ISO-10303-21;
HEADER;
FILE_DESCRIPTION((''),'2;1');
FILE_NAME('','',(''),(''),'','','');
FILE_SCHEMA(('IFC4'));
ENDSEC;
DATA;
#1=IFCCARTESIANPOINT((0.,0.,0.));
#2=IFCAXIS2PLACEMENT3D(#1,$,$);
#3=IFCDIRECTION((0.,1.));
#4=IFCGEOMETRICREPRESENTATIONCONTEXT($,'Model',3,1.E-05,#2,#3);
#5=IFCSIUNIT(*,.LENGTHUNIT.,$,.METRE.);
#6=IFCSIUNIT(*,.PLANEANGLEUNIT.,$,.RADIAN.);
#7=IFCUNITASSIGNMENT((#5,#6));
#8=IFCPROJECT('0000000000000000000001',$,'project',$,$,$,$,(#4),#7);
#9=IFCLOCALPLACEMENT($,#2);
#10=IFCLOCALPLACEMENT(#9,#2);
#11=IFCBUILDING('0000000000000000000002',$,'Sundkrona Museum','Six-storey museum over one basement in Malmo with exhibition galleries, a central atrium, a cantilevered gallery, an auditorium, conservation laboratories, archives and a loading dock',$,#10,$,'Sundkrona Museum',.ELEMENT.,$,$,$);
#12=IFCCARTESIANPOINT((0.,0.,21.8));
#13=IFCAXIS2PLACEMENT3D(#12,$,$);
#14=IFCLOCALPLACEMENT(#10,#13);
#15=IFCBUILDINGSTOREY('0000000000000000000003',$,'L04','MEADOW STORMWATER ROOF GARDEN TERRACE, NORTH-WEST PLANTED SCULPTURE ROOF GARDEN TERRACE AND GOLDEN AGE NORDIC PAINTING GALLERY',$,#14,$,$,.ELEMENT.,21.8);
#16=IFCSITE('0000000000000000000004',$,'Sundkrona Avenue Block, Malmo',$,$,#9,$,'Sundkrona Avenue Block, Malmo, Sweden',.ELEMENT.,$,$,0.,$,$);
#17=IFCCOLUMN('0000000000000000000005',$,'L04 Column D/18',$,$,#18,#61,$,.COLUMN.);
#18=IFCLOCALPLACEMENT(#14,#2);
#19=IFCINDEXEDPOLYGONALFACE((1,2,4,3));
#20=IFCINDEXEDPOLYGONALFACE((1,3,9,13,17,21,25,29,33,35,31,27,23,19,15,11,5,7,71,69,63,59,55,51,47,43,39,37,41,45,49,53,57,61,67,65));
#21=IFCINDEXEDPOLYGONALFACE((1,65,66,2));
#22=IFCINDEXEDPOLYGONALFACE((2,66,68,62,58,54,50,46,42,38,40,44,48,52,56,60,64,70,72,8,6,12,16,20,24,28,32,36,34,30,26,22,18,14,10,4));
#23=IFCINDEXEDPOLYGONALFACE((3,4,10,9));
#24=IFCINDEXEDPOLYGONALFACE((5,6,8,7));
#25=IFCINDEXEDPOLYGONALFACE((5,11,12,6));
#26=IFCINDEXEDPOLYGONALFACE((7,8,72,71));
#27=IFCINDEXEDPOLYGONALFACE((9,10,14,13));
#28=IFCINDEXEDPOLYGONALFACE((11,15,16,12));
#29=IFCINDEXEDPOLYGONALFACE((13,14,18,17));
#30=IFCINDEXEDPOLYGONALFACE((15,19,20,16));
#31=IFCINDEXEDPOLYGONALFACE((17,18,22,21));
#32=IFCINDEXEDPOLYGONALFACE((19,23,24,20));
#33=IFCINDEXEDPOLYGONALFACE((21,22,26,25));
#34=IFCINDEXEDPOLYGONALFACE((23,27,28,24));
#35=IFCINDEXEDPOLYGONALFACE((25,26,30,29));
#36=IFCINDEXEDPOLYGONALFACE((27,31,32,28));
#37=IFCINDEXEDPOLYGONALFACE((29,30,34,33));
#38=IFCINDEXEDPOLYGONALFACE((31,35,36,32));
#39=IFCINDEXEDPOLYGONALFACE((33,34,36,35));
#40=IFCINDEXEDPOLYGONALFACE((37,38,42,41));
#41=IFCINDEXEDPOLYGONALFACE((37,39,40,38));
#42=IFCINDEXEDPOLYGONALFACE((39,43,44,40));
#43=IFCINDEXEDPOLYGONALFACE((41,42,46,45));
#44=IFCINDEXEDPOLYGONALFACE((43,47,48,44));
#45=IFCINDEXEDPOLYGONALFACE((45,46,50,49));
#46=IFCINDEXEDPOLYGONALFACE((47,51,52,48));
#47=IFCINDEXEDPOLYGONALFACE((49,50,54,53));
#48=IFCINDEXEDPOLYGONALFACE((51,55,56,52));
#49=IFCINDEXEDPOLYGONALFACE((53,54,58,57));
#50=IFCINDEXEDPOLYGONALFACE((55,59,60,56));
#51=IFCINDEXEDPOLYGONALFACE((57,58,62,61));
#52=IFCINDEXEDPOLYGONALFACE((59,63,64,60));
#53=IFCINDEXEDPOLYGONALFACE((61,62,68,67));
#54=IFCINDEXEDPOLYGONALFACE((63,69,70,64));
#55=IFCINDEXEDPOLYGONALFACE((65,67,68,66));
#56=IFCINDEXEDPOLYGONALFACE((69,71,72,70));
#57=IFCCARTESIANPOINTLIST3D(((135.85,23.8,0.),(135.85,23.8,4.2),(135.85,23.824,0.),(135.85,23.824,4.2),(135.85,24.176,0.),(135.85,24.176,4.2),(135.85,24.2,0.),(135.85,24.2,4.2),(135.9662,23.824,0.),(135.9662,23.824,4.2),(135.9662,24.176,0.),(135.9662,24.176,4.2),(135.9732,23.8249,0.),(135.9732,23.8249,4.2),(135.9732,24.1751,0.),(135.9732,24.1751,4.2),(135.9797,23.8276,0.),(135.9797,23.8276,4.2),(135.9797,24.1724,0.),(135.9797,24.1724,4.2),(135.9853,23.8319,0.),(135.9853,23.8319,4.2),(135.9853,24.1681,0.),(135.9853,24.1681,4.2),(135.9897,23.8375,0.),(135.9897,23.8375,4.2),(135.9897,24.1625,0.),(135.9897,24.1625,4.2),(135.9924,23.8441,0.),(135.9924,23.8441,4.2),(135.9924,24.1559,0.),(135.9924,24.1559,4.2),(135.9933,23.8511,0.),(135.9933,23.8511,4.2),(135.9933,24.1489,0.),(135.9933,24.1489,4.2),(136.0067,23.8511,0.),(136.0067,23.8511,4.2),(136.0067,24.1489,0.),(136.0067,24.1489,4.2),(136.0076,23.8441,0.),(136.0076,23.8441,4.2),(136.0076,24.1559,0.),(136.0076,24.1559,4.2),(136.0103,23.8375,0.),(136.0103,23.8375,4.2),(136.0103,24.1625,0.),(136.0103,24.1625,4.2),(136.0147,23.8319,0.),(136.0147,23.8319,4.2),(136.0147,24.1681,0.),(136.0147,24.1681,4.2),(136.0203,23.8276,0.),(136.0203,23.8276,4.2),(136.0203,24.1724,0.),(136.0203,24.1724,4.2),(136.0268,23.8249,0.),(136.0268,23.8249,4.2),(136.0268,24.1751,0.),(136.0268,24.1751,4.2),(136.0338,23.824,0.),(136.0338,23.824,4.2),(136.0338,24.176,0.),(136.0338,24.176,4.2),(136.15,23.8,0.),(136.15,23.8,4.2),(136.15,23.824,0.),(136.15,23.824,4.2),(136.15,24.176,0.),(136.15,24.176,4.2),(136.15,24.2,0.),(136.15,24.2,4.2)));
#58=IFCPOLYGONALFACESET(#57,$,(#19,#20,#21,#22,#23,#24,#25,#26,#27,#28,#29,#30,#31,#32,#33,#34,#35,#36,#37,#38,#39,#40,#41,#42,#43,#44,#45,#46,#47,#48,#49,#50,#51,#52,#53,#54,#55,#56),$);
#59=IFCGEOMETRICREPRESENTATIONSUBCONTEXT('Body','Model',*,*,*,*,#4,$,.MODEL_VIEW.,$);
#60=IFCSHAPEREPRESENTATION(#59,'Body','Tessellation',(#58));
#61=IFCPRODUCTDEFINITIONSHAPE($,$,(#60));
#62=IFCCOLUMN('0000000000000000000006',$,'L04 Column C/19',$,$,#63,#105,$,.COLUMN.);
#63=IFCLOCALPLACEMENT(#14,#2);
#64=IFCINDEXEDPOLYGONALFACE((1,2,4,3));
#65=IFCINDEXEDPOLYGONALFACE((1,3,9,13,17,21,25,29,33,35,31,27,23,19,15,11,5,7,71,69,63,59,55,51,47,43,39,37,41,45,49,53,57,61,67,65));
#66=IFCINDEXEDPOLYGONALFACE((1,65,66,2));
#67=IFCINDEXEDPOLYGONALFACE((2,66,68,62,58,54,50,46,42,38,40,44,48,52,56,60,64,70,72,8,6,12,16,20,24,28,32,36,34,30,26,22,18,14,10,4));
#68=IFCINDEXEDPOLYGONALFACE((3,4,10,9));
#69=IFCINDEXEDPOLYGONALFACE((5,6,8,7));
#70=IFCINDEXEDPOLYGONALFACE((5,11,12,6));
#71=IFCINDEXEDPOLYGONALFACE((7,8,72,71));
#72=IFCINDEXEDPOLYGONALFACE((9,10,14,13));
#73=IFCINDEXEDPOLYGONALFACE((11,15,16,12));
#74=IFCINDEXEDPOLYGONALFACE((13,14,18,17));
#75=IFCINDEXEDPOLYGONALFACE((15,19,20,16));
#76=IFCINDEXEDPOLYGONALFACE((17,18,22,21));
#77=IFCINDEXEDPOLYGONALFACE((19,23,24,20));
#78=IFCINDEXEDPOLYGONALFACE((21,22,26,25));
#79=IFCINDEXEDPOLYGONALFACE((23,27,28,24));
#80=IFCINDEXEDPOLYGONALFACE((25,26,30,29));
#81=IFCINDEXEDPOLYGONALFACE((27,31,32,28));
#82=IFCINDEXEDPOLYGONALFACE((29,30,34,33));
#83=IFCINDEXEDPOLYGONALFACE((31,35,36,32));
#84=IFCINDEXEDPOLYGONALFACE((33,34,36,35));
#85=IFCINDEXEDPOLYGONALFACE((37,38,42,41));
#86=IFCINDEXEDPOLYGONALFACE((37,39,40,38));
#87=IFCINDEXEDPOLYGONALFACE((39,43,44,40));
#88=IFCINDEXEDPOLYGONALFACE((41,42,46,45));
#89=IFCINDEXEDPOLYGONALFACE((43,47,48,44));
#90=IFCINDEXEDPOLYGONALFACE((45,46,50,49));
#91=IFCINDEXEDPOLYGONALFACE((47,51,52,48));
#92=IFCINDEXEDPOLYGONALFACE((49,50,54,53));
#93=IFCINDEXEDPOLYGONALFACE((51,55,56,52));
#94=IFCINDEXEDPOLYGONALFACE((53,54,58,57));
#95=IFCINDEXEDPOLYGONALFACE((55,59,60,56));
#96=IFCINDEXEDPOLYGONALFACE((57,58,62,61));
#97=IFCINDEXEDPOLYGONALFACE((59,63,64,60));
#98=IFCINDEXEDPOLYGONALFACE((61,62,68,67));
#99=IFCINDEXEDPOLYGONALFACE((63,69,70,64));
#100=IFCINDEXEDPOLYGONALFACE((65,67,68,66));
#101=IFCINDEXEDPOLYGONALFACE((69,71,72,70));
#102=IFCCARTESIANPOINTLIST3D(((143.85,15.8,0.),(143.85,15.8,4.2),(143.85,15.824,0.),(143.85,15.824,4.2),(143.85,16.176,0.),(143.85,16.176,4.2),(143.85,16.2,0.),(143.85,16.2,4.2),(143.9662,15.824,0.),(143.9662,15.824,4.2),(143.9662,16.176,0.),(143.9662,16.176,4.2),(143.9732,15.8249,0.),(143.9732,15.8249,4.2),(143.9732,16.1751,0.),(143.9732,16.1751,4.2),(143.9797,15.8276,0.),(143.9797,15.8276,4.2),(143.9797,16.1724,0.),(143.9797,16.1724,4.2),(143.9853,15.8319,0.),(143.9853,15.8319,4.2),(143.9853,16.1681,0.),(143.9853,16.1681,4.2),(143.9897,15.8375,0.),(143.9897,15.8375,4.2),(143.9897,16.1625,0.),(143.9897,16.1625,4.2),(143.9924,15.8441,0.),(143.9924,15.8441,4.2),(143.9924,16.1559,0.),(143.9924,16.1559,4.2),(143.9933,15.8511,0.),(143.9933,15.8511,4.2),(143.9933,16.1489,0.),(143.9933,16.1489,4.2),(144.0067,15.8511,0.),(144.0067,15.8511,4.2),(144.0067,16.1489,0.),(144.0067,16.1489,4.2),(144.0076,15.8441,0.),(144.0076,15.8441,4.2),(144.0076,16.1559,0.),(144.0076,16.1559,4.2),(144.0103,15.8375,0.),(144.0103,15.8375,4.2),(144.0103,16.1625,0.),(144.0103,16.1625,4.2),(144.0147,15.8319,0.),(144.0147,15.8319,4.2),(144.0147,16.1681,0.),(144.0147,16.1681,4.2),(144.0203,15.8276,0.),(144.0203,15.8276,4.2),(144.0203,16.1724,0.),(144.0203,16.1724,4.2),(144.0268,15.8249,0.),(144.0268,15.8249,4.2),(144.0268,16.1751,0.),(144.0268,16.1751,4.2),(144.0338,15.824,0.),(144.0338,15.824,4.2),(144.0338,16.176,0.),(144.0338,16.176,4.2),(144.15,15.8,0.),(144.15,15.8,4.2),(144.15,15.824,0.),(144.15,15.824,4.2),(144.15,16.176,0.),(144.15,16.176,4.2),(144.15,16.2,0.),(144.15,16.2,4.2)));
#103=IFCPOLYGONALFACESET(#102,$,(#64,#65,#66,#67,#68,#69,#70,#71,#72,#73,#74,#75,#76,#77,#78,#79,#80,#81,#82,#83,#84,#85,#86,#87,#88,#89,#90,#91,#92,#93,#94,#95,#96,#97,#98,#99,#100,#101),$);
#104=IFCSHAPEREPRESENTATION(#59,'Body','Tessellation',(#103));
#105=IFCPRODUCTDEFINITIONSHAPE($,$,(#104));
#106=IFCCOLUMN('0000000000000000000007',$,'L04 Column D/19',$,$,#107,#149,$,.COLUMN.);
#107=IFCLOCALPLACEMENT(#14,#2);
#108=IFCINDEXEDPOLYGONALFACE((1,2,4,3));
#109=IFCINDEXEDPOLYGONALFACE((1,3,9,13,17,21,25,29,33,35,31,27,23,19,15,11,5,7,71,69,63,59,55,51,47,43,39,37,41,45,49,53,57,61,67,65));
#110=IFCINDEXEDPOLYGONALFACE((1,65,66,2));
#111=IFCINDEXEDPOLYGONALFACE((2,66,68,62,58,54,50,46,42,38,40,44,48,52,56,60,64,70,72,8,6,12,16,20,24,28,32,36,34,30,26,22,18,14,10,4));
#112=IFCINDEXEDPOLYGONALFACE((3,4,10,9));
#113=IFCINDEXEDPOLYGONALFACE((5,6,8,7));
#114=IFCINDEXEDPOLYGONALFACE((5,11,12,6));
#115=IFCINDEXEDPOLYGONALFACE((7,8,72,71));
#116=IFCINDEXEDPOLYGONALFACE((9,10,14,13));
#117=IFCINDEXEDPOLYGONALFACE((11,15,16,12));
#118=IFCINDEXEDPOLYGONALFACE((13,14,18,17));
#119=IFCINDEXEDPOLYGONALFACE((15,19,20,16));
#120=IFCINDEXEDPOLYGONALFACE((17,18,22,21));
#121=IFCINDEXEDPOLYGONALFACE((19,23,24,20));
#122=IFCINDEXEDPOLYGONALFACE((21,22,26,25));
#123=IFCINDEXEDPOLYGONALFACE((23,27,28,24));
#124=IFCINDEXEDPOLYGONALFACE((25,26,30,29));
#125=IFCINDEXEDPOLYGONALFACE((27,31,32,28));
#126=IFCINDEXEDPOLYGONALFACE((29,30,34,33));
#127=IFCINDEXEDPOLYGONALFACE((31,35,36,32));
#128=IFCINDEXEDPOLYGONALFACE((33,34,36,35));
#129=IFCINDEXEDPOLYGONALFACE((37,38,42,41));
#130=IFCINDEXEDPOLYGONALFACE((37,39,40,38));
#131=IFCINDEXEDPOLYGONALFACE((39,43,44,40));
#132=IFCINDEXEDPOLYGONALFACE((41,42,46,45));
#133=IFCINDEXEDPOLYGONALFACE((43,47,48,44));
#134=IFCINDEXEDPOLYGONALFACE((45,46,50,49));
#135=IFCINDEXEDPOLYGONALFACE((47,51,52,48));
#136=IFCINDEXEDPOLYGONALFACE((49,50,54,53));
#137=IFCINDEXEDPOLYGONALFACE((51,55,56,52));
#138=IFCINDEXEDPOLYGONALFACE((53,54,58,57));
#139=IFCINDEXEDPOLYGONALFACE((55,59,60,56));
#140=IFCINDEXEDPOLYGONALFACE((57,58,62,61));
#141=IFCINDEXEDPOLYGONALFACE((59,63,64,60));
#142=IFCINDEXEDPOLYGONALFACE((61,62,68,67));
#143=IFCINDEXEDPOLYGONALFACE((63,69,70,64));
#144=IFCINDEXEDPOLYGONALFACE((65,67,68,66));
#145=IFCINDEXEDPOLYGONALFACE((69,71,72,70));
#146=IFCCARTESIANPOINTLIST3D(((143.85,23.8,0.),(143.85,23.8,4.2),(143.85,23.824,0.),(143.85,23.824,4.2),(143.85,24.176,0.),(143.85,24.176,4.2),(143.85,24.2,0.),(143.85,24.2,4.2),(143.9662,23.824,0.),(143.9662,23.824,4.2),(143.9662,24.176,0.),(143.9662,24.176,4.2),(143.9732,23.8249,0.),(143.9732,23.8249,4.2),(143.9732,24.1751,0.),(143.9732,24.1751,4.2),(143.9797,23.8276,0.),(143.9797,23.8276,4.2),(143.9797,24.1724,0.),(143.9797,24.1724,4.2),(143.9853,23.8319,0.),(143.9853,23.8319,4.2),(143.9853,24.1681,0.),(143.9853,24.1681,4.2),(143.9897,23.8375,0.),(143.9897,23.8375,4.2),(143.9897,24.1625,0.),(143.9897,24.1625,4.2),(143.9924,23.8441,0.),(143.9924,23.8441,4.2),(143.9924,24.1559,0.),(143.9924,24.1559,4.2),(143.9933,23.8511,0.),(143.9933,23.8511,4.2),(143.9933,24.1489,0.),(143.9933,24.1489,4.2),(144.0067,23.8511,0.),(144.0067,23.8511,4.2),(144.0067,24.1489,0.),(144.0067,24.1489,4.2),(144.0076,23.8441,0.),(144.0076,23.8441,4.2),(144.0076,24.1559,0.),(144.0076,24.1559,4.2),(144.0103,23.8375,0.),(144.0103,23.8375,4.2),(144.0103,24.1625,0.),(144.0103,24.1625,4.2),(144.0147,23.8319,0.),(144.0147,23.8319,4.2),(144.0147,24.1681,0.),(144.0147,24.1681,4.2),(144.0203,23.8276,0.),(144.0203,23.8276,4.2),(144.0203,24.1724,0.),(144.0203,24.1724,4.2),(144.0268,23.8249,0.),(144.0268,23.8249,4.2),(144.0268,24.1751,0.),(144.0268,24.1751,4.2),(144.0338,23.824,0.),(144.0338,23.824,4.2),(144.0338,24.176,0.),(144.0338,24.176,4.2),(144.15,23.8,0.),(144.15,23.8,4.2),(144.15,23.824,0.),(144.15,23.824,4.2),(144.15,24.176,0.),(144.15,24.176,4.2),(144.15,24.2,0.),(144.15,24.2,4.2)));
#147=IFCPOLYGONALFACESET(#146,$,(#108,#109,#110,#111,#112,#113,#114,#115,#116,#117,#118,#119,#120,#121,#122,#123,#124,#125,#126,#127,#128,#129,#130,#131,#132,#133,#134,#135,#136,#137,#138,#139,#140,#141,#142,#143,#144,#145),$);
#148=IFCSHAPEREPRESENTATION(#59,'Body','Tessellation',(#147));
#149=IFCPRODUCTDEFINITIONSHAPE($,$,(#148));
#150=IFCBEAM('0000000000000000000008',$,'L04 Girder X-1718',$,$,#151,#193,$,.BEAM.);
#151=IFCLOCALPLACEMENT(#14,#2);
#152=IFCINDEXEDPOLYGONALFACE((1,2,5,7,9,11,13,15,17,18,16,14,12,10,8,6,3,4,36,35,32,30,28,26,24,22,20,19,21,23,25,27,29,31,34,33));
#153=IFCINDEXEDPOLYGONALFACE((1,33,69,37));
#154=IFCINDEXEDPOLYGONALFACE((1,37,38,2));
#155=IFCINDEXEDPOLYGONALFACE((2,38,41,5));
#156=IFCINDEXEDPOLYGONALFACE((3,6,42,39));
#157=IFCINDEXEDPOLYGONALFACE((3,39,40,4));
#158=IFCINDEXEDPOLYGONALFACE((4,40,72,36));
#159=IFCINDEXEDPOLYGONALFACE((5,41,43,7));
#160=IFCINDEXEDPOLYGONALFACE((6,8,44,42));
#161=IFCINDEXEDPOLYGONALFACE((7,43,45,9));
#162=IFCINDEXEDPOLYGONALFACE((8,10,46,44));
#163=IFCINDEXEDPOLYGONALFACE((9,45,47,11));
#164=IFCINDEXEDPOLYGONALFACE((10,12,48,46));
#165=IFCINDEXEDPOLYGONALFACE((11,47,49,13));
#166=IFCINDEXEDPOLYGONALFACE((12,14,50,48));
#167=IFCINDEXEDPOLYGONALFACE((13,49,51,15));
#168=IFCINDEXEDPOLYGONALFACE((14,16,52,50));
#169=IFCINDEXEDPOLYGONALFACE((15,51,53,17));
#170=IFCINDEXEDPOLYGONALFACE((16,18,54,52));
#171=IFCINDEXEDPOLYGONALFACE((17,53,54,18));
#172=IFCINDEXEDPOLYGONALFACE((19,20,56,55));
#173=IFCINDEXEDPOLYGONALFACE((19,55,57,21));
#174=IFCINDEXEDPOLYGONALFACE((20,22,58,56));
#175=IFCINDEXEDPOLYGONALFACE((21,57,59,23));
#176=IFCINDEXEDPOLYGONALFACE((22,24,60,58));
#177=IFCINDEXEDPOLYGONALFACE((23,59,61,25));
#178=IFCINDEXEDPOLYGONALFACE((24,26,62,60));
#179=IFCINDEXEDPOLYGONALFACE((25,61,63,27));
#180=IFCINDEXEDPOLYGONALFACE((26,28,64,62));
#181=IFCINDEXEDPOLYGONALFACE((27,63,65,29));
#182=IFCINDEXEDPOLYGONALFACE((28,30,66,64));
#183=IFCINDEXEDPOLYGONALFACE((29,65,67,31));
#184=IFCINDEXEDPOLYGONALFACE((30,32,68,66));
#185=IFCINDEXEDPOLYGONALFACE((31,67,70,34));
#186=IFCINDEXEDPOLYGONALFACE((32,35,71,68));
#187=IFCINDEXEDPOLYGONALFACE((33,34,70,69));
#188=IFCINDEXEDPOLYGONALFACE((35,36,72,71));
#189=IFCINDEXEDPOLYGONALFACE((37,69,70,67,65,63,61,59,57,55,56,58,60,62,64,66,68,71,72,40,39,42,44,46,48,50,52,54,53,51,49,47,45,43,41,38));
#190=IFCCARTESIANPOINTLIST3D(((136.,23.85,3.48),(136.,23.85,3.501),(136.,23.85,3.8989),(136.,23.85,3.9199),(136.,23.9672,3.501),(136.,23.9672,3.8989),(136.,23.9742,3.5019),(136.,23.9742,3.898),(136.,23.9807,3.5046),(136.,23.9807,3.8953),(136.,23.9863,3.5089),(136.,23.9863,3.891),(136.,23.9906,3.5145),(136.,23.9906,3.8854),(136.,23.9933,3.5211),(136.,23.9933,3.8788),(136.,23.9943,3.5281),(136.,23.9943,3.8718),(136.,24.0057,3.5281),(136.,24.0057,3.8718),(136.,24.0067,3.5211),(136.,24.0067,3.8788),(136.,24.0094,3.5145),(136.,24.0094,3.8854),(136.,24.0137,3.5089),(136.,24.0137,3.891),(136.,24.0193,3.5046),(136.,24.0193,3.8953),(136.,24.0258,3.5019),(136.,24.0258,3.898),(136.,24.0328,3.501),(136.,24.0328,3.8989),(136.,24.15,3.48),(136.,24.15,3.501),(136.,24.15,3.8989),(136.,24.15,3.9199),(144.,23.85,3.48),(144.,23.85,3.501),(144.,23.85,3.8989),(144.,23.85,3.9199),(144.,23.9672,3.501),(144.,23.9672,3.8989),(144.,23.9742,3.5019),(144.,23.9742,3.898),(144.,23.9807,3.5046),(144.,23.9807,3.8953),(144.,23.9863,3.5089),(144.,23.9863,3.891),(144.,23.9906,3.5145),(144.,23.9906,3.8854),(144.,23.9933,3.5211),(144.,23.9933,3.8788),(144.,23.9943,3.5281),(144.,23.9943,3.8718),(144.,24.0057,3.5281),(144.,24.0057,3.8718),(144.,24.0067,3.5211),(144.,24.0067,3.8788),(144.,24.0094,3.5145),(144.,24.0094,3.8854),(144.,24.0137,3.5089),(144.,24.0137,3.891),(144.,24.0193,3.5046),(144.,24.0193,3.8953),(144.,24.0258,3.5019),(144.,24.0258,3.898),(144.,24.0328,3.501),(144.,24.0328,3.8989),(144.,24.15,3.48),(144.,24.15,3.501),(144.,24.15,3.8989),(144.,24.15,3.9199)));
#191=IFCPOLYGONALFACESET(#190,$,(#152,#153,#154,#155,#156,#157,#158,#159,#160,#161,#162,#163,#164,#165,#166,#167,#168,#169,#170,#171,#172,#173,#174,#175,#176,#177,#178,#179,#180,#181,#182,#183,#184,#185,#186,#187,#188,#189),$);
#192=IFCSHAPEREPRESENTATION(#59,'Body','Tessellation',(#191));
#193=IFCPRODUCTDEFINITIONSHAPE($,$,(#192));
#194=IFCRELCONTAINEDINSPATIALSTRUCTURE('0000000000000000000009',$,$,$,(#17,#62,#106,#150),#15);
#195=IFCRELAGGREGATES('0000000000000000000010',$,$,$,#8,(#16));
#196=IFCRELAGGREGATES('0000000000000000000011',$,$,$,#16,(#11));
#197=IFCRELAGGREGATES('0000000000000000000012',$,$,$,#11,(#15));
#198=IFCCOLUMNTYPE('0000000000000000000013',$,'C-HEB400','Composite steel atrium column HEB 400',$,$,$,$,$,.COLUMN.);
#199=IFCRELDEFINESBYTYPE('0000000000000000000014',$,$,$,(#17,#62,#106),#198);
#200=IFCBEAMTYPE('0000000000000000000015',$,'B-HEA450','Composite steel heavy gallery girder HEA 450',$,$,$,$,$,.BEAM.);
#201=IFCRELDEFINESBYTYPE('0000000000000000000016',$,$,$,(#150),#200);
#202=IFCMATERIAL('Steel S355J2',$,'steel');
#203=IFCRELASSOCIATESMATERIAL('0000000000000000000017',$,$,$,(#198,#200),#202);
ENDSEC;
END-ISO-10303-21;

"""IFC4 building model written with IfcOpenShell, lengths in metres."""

from ifc_helpers import new_model, si_unit, direction, frame, origin, origin_2d, place, context, subcontext, project, spatial, i_section, extrude, material, material_profile, profile_set, type_object, element, save


model = new_model("IFC4")

# Units and contexts
model_context = context("Model", 3, precision=1e-05, world=origin(), true_north=direction((0.0, 1.0)))
body_context = subcontext(model_context, "Body", "Model", "MODEL_VIEW")
ifc_project = project(units=[si_unit("LENGTHUNIT", "METRE"), si_unit("PLANEANGLEUNIT", "RADIAN")], contexts=[model_context])

# Site, building, storey
site_placement = place(None, origin())
site = spatial("IfcSite", under=ifc_project, at=site_placement, Name="Sundkrona Avenue Block, Malmo", LongName="Sundkrona Avenue Block, Malmo, Sweden", CompositionType="ELEMENT", RefElevation=0.0)
building_placement = place(site_placement, origin())
building = spatial("IfcBuilding", under=site, at=building_placement, Name="Sundkrona Museum", Description="Six-storey museum over one basement in Malmo with exhibition galleries, a central atrium, a cantilevered gallery, an auditorium, conservation laboratories, archives and a loading dock", LongName="Sundkrona Museum", CompositionType="ELEMENT")
storey_placement = place(building_placement, frame((0.0, 0.0, 21.8)))
storey = spatial("IfcBuildingStorey", under=building, at=storey_placement, Name="L04", Description="MEADOW STORMWATER ROOF GARDEN TERRACE, NORTH-WEST PLANTED SCULPTURE ROOF GARDEN TERRACE AND GOLDEN AGE NORDIC PAINTING GALLERY", CompositionType="ELEMENT", Elevation=21.8)

# Columns
ifc_material_1 = material(Name="Steel S355J2", Category="steel")
ifc_material_profile_1 = material_profile(ifc_material_1, i_section(OverallWidth=0.3, OverallDepth=0.3999, WebThickness=0.0134, FlangeThickness=0.0239, FilletRadius=0.0271, at=origin_2d()), Name="HEB 400")
ifc_profile_set_1 = profile_set([ifc_material_profile_1], Name="Steel S355J2")
column_type = type_object("IfcColumnType", Name="C-HEB400", Description="Composite steel atrium column HEB 400", PredefinedType="COLUMN", material=ifc_profile_set_1)
for number, where, z_axis, x_axis, name in (
    (1, (136.0, 24.0, 0.0), (0.0, 0.0, 1.0), (1.0, 0.0, 0.0), "L04 Column D/18"),
    (2, (144.0, 16.0, 0.0), (0.0, 0.0, 1.0), (1.0, 0.0, 0.0), "L04 Column C/19"),
    (3, (144.0, 24.0, 0.0), (0.0, 0.0, 1.0), (1.0, 0.0, 0.0), "L04 Column D/19"),
):
    element("IfcColumn", number, at=place(storey_placement, frame(where, z_axis=z_axis, x_axis=x_axis)), inside=storey, type_object=column_type, Name=name, PredefinedType="COLUMN", context=body_context, shape_type="SweptSolid", body=[
        extrude(i_section(OverallWidth=0.3, OverallDepth=0.3999, WebThickness=0.0134, FlangeThickness=0.0239, FilletRadius=0.0271, at=origin_2d()), origin(), (0.0, 0.0, 1.0), 4.2),
    ])

# Beam
ifc_material_profile_2 = material_profile(ifc_material_1, i_section(OverallWidth=0.3, OverallDepth=0.4399, WebThickness=0.0115, FlangeThickness=0.021, FilletRadius=0.0271, at=origin_2d()), Name="HEA 450")
ifc_profile_set_2 = profile_set([ifc_material_profile_2], Name="Steel S355J2")
beam_type_1 = type_object("IfcBeamType", Name="B-HEA450", Description="Composite steel heavy gallery girder HEA 450", PredefinedType="BEAM", material=ifc_profile_set_2)
for number, where, z_axis, x_axis, name in (
    (4, (136.0, 24.0, 3.7), (1.0, 0.0, 0.0), (0.0, 1.0, 0.0), "L04 Girder X-1718"),
):
    element("IfcBeam", number, at=place(storey_placement, frame(where, z_axis=z_axis, x_axis=x_axis)), inside=storey, type_object=beam_type_1, Name=name, PredefinedType="BEAM", context=body_context, shape_type="SweptSolid", body=[
        extrude(i_section(OverallWidth=0.3, OverallDepth=0.4399, WebThickness=0.0115, FlangeThickness=0.021, FilletRadius=0.0271, at=origin_2d()), origin(), (0.0, 0.0, 1.0), 8.0),
    ])

save(model, "model.ifc")
